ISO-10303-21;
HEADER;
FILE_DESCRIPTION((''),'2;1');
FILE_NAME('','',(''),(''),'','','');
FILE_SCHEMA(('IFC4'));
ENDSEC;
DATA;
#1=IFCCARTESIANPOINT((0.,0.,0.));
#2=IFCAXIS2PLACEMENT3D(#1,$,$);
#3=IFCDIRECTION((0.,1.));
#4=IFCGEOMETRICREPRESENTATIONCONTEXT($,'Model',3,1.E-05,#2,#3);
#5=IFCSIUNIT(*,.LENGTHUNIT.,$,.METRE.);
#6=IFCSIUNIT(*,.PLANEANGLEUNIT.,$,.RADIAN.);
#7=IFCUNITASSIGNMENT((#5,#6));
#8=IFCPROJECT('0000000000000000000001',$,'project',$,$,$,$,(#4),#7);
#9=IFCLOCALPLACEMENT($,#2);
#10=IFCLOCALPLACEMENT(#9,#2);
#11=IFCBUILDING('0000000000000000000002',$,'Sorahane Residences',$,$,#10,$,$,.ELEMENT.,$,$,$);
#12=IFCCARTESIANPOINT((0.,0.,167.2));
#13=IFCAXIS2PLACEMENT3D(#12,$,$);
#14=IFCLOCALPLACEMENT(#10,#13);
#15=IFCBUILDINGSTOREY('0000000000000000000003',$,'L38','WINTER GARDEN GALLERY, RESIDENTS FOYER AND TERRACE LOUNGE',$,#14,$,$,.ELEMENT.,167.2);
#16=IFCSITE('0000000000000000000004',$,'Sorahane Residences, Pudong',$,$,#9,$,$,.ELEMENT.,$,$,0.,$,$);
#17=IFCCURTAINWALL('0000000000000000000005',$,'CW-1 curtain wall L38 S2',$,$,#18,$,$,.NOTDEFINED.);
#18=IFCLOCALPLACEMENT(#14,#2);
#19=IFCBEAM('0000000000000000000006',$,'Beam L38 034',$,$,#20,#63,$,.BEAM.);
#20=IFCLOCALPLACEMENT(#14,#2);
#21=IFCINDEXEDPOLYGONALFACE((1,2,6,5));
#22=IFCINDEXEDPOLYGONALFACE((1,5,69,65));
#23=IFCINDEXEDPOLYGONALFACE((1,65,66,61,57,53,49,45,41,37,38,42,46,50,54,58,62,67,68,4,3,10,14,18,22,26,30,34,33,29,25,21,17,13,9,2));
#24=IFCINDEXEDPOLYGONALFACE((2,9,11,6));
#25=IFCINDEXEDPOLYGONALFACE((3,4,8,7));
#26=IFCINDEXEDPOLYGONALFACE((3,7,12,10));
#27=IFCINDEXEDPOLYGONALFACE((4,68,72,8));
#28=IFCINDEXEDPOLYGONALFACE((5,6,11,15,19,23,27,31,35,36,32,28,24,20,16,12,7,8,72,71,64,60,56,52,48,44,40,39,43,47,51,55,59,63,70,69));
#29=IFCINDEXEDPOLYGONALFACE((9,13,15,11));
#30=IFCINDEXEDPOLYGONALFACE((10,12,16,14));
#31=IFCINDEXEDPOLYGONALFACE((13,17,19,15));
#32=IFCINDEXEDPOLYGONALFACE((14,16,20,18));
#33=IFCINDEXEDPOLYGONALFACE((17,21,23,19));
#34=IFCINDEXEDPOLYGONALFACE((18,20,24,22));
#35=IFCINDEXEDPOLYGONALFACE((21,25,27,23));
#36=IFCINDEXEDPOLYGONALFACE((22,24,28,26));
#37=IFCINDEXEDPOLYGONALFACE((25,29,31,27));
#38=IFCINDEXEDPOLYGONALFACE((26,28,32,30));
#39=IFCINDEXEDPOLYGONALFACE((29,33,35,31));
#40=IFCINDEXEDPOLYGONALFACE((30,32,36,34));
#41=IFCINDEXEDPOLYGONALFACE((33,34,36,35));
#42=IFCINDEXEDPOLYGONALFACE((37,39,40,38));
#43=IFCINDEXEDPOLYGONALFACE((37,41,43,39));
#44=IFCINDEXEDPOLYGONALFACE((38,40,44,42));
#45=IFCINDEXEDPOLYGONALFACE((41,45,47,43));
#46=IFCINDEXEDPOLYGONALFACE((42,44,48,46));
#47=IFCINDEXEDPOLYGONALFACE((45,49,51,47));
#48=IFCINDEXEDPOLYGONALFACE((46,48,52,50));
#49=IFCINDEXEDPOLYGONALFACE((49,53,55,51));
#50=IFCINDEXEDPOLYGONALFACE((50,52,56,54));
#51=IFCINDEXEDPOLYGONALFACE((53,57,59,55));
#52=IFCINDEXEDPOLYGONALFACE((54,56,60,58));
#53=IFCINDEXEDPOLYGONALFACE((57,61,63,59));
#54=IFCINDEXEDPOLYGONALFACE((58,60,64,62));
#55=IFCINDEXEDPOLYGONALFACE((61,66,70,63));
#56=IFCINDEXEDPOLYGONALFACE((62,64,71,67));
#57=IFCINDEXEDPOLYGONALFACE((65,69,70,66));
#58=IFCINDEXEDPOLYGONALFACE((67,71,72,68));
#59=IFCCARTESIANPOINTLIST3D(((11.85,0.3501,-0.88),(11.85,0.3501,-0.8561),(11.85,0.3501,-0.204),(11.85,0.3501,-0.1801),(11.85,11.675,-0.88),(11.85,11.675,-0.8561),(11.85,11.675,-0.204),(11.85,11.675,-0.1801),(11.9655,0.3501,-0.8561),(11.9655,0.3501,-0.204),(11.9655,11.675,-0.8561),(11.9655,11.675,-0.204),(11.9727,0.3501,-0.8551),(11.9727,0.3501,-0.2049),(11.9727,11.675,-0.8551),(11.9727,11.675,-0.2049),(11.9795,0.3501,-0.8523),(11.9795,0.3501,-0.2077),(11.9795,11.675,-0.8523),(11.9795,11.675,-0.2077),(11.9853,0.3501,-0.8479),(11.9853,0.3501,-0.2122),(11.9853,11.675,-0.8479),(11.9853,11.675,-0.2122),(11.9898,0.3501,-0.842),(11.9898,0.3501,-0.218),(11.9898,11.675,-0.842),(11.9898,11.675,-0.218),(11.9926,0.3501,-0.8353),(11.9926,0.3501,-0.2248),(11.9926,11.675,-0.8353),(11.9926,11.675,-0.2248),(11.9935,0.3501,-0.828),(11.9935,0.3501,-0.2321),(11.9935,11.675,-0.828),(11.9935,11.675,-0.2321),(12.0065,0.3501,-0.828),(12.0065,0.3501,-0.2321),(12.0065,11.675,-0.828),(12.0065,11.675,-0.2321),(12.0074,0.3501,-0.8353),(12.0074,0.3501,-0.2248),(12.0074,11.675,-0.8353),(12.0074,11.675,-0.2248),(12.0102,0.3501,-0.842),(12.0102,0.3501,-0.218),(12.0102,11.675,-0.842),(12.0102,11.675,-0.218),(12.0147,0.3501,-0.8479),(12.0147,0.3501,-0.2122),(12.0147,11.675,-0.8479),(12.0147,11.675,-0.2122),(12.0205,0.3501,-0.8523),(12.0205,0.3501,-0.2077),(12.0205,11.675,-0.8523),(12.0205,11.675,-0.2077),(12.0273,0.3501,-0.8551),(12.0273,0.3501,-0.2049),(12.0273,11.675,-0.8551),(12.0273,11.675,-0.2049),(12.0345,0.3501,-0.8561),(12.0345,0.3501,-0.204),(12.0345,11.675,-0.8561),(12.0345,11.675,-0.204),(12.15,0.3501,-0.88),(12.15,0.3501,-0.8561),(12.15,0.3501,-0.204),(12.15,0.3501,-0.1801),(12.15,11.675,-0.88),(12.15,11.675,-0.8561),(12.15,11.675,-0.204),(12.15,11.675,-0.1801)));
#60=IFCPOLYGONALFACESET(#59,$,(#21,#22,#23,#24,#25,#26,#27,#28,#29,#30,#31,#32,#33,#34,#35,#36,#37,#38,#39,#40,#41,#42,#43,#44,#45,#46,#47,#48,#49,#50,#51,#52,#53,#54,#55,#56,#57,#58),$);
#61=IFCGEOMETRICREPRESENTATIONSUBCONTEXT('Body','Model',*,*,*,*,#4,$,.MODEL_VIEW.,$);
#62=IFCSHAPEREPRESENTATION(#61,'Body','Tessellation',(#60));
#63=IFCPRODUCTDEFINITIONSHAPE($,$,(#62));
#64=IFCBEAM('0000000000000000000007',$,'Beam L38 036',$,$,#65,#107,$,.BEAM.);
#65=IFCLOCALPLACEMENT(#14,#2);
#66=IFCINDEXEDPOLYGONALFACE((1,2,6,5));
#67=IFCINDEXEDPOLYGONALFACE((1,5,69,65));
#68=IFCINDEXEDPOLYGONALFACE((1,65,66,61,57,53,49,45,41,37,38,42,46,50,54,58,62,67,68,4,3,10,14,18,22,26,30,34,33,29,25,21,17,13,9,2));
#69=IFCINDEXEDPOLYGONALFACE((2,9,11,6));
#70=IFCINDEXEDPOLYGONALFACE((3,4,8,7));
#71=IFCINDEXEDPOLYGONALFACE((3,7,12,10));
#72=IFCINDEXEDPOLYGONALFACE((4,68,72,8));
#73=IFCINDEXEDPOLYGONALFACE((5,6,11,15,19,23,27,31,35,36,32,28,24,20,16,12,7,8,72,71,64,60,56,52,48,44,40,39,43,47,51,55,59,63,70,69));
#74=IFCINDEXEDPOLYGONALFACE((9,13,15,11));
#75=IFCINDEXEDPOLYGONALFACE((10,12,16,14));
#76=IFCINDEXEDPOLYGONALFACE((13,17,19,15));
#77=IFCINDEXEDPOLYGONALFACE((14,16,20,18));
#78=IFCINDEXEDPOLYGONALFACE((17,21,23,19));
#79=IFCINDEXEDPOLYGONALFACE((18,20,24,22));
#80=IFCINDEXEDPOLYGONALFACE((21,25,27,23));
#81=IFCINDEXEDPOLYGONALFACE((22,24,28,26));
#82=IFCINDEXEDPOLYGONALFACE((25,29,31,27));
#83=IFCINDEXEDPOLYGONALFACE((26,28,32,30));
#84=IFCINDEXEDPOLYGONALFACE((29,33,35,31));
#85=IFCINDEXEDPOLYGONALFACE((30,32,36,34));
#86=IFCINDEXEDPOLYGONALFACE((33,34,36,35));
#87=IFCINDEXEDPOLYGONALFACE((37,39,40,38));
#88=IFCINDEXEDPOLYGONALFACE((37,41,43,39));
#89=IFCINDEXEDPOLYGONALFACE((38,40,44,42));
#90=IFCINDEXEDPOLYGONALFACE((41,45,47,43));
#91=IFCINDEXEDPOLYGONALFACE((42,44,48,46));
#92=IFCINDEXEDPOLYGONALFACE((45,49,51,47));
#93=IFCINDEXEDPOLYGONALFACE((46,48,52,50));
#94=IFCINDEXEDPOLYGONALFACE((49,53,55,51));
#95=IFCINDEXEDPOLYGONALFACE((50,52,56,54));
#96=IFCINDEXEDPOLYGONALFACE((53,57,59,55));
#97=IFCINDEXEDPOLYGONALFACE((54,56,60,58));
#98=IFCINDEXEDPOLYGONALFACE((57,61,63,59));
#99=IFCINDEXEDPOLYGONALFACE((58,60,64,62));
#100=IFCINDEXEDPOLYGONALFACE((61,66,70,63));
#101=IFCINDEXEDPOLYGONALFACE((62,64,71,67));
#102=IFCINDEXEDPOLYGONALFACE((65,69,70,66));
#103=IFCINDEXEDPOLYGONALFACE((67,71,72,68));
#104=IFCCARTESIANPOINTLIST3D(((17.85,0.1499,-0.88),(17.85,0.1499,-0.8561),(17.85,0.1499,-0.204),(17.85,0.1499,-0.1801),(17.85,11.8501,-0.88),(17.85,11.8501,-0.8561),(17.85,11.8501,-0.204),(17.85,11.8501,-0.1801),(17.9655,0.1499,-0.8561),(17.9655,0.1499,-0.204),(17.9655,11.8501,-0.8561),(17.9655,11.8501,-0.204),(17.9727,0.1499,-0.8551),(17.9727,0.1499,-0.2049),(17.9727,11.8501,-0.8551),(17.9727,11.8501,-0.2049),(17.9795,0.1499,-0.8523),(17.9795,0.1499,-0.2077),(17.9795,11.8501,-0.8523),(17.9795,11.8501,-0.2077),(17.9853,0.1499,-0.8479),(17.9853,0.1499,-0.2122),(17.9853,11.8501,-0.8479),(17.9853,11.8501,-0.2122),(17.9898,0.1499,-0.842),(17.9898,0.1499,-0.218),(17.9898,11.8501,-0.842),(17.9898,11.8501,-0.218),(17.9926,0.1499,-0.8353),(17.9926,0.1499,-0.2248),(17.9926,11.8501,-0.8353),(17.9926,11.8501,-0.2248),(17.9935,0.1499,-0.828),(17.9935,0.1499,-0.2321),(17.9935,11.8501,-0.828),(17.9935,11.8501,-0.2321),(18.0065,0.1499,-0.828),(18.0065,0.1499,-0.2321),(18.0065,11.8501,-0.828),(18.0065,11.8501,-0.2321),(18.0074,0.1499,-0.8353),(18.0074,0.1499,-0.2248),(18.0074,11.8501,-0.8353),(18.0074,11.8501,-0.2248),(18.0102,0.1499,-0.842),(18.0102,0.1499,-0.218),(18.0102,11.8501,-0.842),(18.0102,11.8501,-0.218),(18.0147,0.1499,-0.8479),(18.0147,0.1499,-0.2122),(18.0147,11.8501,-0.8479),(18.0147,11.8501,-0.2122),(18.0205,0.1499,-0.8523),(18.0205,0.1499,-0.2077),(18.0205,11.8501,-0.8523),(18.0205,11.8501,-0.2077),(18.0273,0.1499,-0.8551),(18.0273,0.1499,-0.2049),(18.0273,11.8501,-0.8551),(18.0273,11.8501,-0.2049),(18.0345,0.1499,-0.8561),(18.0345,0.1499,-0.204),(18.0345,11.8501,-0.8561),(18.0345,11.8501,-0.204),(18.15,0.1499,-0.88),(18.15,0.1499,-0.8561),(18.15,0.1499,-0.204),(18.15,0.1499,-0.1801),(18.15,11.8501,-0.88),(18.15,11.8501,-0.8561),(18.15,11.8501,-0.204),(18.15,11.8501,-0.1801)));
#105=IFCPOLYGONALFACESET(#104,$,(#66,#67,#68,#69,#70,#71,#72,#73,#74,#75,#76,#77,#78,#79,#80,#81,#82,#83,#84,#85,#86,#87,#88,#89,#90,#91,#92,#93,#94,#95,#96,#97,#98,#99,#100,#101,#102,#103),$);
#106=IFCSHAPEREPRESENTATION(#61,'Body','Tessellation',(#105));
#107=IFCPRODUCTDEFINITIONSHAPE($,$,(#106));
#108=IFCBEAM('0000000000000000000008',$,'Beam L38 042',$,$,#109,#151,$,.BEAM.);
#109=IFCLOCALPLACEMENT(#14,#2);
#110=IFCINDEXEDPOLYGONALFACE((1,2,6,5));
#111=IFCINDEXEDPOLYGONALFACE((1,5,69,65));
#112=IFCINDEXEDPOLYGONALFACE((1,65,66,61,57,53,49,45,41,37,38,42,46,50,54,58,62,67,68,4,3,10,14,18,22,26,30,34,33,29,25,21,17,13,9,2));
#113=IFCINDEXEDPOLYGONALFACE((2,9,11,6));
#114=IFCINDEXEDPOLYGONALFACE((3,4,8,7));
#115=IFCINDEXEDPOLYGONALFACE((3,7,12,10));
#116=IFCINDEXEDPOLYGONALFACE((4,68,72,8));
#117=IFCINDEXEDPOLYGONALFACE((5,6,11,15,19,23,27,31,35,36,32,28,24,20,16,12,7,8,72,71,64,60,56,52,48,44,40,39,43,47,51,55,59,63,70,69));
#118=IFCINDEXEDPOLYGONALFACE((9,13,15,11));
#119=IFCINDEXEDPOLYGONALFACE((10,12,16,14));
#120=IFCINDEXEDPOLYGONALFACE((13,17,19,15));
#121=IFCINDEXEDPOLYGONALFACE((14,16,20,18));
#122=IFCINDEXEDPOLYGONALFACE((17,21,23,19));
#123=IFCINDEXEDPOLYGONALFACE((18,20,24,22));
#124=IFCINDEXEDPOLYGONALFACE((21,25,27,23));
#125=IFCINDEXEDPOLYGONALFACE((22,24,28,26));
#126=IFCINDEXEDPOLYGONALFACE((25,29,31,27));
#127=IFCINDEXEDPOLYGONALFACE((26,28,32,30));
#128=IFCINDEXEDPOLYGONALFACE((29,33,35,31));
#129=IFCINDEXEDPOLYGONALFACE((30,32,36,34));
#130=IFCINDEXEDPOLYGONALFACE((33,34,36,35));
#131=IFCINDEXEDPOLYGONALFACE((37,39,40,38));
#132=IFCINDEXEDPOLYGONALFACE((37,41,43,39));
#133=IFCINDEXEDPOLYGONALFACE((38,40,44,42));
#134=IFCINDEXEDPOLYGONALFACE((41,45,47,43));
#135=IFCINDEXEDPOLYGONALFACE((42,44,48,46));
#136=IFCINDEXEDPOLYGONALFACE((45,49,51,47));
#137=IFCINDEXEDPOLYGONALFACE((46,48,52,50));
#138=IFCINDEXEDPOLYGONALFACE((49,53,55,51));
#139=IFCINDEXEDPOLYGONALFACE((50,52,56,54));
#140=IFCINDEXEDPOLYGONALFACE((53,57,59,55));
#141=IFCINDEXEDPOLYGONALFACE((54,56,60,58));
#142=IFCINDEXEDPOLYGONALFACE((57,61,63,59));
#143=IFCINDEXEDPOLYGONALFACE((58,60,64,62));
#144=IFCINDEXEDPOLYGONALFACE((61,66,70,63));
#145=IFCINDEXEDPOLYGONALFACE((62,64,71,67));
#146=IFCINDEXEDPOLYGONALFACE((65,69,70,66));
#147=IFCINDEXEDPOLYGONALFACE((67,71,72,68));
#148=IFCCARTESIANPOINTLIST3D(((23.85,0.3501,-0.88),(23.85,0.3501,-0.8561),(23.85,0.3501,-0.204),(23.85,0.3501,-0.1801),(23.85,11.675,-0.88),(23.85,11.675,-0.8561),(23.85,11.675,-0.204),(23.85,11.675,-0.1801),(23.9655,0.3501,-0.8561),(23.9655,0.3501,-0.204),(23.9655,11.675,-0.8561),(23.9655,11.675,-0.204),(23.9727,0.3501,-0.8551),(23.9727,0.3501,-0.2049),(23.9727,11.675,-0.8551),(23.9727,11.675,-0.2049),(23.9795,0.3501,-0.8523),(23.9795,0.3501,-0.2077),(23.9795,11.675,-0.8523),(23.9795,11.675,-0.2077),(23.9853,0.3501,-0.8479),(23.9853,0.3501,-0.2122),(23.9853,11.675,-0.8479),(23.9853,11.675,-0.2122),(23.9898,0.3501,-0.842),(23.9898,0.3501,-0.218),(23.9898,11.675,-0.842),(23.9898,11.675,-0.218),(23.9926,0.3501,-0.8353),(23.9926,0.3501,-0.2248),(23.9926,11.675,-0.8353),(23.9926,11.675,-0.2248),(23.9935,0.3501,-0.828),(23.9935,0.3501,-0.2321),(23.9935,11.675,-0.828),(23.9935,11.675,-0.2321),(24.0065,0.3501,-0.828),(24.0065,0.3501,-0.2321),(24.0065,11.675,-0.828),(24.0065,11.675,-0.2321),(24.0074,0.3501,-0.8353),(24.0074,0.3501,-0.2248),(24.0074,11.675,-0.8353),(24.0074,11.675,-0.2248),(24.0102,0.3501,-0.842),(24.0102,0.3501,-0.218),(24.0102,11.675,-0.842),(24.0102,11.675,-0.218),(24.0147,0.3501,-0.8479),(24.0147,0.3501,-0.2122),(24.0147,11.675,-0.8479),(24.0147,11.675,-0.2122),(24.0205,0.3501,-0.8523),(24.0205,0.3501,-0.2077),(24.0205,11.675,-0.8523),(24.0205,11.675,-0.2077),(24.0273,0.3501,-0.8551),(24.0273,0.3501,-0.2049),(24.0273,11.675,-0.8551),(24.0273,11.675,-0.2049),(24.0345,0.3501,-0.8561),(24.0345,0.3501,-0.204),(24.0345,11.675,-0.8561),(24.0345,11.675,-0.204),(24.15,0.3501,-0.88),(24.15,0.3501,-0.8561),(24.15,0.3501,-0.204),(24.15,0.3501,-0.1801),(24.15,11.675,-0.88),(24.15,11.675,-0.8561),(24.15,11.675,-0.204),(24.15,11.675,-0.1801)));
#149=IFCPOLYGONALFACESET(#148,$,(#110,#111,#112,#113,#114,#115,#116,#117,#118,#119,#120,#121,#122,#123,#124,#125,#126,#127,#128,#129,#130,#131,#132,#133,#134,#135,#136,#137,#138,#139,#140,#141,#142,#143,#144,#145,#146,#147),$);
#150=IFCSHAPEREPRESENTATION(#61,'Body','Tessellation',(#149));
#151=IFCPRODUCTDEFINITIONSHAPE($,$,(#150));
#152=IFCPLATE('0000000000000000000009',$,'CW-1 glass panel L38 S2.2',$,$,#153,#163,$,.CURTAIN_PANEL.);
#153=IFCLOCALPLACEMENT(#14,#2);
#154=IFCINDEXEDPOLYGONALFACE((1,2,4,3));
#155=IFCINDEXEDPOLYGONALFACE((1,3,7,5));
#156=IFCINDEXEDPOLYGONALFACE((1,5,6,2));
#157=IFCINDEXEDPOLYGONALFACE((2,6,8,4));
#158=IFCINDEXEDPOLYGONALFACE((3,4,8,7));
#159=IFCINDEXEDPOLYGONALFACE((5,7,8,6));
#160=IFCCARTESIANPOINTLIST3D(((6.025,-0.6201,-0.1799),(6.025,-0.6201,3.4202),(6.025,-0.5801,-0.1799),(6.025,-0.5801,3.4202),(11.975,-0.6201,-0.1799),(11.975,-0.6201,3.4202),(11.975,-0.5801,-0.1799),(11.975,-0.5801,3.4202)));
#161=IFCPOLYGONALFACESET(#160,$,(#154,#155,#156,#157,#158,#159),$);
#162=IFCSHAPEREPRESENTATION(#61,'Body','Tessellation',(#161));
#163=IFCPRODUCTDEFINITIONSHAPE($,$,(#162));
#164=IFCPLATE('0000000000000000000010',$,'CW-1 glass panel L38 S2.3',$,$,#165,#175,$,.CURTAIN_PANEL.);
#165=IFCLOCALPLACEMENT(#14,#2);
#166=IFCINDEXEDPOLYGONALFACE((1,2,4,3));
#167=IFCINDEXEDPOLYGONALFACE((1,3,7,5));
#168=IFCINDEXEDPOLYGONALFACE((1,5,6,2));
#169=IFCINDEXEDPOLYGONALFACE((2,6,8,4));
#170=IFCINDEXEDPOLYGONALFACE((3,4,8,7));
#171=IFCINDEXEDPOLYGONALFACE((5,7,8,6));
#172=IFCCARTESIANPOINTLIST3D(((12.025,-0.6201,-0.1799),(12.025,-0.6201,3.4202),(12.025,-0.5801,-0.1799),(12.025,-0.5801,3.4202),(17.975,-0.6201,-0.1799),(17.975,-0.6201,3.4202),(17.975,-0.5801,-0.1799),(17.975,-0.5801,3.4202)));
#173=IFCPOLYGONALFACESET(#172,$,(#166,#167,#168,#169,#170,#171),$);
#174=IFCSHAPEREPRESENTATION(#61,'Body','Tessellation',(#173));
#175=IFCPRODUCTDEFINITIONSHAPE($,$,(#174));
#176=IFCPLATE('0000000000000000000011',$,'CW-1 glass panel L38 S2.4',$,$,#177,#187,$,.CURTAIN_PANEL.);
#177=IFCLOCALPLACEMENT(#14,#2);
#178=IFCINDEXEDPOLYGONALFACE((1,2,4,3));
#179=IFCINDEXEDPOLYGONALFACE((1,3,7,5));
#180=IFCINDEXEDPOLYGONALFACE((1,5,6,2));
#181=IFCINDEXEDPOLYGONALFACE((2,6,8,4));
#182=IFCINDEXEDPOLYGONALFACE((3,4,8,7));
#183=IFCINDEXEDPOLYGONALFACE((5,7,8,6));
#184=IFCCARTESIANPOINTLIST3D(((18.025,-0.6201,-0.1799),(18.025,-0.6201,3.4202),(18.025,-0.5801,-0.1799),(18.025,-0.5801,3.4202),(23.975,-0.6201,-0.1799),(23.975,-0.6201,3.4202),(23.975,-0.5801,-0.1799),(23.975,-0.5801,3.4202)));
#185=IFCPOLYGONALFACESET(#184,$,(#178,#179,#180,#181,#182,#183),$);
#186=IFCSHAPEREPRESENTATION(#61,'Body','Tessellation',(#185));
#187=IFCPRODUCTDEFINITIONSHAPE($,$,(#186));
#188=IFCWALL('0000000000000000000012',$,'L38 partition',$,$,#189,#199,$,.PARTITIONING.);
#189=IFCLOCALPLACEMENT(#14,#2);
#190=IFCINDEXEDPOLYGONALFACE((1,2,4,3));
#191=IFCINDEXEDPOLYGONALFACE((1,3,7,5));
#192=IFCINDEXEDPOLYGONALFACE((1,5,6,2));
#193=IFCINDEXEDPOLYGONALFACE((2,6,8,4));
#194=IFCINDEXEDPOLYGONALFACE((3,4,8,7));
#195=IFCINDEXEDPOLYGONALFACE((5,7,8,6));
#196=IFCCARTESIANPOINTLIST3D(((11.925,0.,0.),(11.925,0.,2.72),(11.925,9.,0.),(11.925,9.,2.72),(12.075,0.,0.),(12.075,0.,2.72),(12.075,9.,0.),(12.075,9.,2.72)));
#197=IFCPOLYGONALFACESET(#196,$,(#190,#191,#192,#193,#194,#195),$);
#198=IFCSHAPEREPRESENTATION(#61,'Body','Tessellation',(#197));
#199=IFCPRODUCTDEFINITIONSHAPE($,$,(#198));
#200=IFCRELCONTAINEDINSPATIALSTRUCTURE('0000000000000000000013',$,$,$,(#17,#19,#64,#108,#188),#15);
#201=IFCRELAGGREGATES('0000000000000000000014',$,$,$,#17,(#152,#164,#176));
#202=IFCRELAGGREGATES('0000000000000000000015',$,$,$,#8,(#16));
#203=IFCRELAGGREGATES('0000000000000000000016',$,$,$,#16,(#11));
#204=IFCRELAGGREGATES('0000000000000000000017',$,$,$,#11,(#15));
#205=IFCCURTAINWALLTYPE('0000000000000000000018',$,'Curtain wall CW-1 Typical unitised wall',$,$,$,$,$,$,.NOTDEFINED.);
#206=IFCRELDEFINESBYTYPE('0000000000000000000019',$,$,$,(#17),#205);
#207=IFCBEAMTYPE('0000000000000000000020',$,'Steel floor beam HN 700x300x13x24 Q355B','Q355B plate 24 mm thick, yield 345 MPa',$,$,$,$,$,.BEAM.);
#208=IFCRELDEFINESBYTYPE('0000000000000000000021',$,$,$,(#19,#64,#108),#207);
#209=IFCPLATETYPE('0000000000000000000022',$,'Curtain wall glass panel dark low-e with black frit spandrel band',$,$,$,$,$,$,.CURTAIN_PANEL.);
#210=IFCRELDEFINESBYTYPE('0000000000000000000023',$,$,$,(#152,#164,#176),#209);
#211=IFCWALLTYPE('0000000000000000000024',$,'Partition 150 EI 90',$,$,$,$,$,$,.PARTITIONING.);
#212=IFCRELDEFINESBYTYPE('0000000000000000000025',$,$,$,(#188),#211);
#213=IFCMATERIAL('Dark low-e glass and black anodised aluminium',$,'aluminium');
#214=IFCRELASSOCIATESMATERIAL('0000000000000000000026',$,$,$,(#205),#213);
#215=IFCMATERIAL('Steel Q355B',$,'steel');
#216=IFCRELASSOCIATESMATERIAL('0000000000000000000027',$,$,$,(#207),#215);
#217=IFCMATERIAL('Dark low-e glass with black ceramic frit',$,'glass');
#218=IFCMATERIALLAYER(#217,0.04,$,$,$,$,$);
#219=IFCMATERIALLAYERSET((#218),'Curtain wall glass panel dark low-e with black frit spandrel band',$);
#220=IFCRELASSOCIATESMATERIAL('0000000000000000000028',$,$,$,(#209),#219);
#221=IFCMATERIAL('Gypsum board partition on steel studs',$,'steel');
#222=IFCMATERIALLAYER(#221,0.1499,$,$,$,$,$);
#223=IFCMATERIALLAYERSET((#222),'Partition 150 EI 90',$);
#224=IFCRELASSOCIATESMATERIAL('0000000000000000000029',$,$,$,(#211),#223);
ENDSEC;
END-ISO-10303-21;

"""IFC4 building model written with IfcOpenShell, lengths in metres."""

from ifc_helpers import new_model, si_unit, direction, frame, frame_2d, origin, origin_2d, place, context, subcontext, project, spatial, rectangle, i_section, extrude, material, layer, layer_set, material_profile, profile_set, type_object, element, aggregate, save


model = new_model("IFC4")

# Units and contexts
model_context = context("Model", 3, precision=1e-05, world=origin(), true_north=direction((0.0, 1.0)))
body_context = subcontext(model_context, "Body", "Model", "MODEL_VIEW")
ifc_project = project(units=[si_unit("LENGTHUNIT", "METRE"), si_unit("PLANEANGLEUNIT", "RADIAN")], contexts=[model_context])

# Site, building, storey
site_placement = place(None, origin())
site = spatial("IfcSite", under=ifc_project, at=site_placement, Name="Sorahane Residences, Pudong", CompositionType="ELEMENT", RefElevation=0.0)
building_placement = place(site_placement, origin())
building = spatial("IfcBuilding", under=site, at=building_placement, Name="Sorahane Residences", CompositionType="ELEMENT")
storey_placement = place(building_placement, frame((0.0, 0.0, 167.2)))
storey = spatial("IfcBuildingStorey", under=building, at=storey_placement, Name="L38", Description="WINTER GARDEN GALLERY, RESIDENTS FOYER AND TERRACE LOUNGE", CompositionType="ELEMENT", Elevation=167.2)

# Curtain wall
ifc_material_1 = material(Name="Dark low-e glass and black anodised aluminium", Category="aluminium")
curtain_wall_type = type_object("IfcCurtainWallType", Name="Curtain wall CW-1 Typical unitised wall", PredefinedType="NOTDEFINED", material=ifc_material_1)
curtain_wall_placement = place(storey_placement, origin())
curtain_wall = element("IfcCurtainWall", 1, at=curtain_wall_placement, inside=storey, type_object=curtain_wall_type, Name="CW-1 curtain wall L38 S2", PredefinedType="NOTDEFINED")

# Beams
ifc_material_2 = material(Name="Steel Q355B", Category="steel")
ifc_material_profile_1 = material_profile(ifc_material_2, i_section(OverallWidth=0.3, OverallDepth=0.7, WebThickness=0.0129, FlangeThickness=0.0239, FilletRadius=0.0281, at=origin_2d()), Name="HN 700x300x13x24")
ifc_profile_set_1 = profile_set([ifc_material_profile_1], Name="Steel Q355B")
beam_type_1 = type_object("IfcBeamType", Name="Steel floor beam HN 700x300x13x24 Q355B", Description="Q355B plate 24 mm thick, yield 345 MPa", PredefinedType="BEAM", material=ifc_profile_set_1)
beam_1_placement = place(storey_placement, frame((12.0, 0.3501, -0.53), z_axis=(0.0, 1.0, 0.0), x_axis=(-1.0, 0.0, 0.0)))
element("IfcBeam", 2, at=beam_1_placement, inside=storey, type_object=beam_type_1, Name="Beam L38 034", PredefinedType="BEAM", context=body_context, shape_type="SweptSolid", body=[
    extrude(i_section(OverallWidth=0.3, OverallDepth=0.7, WebThickness=0.0129, FlangeThickness=0.0239, FilletRadius=0.0281, at=origin_2d()), origin(), (0.0, 0.0, 1.0), 11.325),
])
beam_2_placement = place(storey_placement, frame((18.0, 0.1499, -0.53), z_axis=(0.0, 1.0, 0.0), x_axis=(-1.0, 0.0, 0.0)))
element("IfcBeam", 3, at=beam_2_placement, inside=storey, type_object=beam_type_1, Name="Beam L38 036", PredefinedType="BEAM", context=body_context, shape_type="SweptSolid", body=[
    extrude(i_section(OverallWidth=0.3, OverallDepth=0.7, WebThickness=0.0129, FlangeThickness=0.0239, FilletRadius=0.0281, at=origin_2d()), origin(), (0.0, 0.0, 1.0), 11.7002),
])
beam_3_placement = place(storey_placement, frame((24.0, 0.3501, -0.53), z_axis=(0.0, 1.0, 0.0), x_axis=(-1.0, 0.0, 0.0)))
element("IfcBeam", 4, at=beam_3_placement, inside=storey, type_object=beam_type_1, Name="Beam L38 042", PredefinedType="BEAM", context=body_context, shape_type="SweptSolid", body=[
    extrude(i_section(OverallWidth=0.3, OverallDepth=0.7, WebThickness=0.0129, FlangeThickness=0.0239, FilletRadius=0.0281, at=origin_2d()), origin(), (0.0, 0.0, 1.0), 11.325),
])

# Plates
ifc_material_3 = material(Name="Dark low-e glass with black ceramic frit", Category="glass")
ifc_layer_1 = layer(ifc_material_3, 0.04)
ifc_layer_set_1 = layer_set([ifc_layer_1], Name="Curtain wall glass panel dark low-e with black frit spandrel band")
plate_type = type_object("IfcPlateType", Name="Curtain wall glass panel dark low-e with black frit spandrel band", PredefinedType="CURTAIN_PANEL", material=ifc_layer_set_1)
plate_1_placement = place(storey_placement, frame((9.0, -0.6001, -0.1799), z_axis=(0.0, 0.0, 1.0), x_axis=(1.0, 0.0, 0.0)))
plate_1 = element("IfcPlate", 5, at=plate_1_placement, type_object=plate_type, Name="CW-1 glass panel L38 S2.2", PredefinedType="CURTAIN_PANEL", context=body_context, shape_type="SweptSolid", body=[
    extrude(rectangle(XDim=5.95, YDim=0.04, at=origin_2d()), origin(), (0.0, 0.0, 1.0), 3.6001),
])
plate_2_placement = place(storey_placement, frame((15.0, -0.6001, -0.1799), z_axis=(0.0, 0.0, 1.0), x_axis=(1.0, 0.0, 0.0)))
plate_2 = element("IfcPlate", 6, at=plate_2_placement, type_object=plate_type, Name="CW-1 glass panel L38 S2.3", PredefinedType="CURTAIN_PANEL", context=body_context, shape_type="SweptSolid", body=[
    extrude(rectangle(XDim=5.95, YDim=0.04, at=origin_2d()), origin(), (0.0, 0.0, 1.0), 3.6001),
])
plate_3_placement = place(storey_placement, frame((21.0, -0.6001, -0.1799), z_axis=(0.0, 0.0, 1.0), x_axis=(1.0, 0.0, 0.0)))
plate_3 = element("IfcPlate", 7, at=plate_3_placement, type_object=plate_type, Name="CW-1 glass panel L38 S2.4", PredefinedType="CURTAIN_PANEL", context=body_context, shape_type="SweptSolid", body=[
    extrude(rectangle(XDim=5.95, YDim=0.04, at=origin_2d()), origin(), (0.0, 0.0, 1.0), 3.6001),
])
aggregate(curtain_wall, [plate_1, plate_2, plate_3])

# Wall
ifc_material_4 = material(Name="Gypsum board partition on steel studs", Category="steel")
ifc_layer_2 = layer(ifc_material_4, 0.1499)
ifc_layer_set_2 = layer_set([ifc_layer_2], Name="Partition 150 EI 90")
wall_type_1 = type_object("IfcWallType", Name="Partition 150 EI 90", PredefinedType="PARTITIONING", material=ifc_layer_set_2)
wall_1_placement = place(storey_placement, frame((12.0, 0.0, 0.0), z_axis=(0.0, 0.0, 1.0), x_axis=(0.0, 1.0, 0.0)))
element("IfcWall", 8, at=wall_1_placement, inside=storey, type_object=wall_type_1, Name="L38 partition", PredefinedType="PARTITIONING", context=body_context, shape_type="SweptSolid", body=[
    extrude(rectangle(XDim=9.0, YDim=0.1499, at=frame_2d((4.5, 0.0))), origin(), (0.0, 0.0, 1.0), 2.72),
])

save(model, "model.ifc")
